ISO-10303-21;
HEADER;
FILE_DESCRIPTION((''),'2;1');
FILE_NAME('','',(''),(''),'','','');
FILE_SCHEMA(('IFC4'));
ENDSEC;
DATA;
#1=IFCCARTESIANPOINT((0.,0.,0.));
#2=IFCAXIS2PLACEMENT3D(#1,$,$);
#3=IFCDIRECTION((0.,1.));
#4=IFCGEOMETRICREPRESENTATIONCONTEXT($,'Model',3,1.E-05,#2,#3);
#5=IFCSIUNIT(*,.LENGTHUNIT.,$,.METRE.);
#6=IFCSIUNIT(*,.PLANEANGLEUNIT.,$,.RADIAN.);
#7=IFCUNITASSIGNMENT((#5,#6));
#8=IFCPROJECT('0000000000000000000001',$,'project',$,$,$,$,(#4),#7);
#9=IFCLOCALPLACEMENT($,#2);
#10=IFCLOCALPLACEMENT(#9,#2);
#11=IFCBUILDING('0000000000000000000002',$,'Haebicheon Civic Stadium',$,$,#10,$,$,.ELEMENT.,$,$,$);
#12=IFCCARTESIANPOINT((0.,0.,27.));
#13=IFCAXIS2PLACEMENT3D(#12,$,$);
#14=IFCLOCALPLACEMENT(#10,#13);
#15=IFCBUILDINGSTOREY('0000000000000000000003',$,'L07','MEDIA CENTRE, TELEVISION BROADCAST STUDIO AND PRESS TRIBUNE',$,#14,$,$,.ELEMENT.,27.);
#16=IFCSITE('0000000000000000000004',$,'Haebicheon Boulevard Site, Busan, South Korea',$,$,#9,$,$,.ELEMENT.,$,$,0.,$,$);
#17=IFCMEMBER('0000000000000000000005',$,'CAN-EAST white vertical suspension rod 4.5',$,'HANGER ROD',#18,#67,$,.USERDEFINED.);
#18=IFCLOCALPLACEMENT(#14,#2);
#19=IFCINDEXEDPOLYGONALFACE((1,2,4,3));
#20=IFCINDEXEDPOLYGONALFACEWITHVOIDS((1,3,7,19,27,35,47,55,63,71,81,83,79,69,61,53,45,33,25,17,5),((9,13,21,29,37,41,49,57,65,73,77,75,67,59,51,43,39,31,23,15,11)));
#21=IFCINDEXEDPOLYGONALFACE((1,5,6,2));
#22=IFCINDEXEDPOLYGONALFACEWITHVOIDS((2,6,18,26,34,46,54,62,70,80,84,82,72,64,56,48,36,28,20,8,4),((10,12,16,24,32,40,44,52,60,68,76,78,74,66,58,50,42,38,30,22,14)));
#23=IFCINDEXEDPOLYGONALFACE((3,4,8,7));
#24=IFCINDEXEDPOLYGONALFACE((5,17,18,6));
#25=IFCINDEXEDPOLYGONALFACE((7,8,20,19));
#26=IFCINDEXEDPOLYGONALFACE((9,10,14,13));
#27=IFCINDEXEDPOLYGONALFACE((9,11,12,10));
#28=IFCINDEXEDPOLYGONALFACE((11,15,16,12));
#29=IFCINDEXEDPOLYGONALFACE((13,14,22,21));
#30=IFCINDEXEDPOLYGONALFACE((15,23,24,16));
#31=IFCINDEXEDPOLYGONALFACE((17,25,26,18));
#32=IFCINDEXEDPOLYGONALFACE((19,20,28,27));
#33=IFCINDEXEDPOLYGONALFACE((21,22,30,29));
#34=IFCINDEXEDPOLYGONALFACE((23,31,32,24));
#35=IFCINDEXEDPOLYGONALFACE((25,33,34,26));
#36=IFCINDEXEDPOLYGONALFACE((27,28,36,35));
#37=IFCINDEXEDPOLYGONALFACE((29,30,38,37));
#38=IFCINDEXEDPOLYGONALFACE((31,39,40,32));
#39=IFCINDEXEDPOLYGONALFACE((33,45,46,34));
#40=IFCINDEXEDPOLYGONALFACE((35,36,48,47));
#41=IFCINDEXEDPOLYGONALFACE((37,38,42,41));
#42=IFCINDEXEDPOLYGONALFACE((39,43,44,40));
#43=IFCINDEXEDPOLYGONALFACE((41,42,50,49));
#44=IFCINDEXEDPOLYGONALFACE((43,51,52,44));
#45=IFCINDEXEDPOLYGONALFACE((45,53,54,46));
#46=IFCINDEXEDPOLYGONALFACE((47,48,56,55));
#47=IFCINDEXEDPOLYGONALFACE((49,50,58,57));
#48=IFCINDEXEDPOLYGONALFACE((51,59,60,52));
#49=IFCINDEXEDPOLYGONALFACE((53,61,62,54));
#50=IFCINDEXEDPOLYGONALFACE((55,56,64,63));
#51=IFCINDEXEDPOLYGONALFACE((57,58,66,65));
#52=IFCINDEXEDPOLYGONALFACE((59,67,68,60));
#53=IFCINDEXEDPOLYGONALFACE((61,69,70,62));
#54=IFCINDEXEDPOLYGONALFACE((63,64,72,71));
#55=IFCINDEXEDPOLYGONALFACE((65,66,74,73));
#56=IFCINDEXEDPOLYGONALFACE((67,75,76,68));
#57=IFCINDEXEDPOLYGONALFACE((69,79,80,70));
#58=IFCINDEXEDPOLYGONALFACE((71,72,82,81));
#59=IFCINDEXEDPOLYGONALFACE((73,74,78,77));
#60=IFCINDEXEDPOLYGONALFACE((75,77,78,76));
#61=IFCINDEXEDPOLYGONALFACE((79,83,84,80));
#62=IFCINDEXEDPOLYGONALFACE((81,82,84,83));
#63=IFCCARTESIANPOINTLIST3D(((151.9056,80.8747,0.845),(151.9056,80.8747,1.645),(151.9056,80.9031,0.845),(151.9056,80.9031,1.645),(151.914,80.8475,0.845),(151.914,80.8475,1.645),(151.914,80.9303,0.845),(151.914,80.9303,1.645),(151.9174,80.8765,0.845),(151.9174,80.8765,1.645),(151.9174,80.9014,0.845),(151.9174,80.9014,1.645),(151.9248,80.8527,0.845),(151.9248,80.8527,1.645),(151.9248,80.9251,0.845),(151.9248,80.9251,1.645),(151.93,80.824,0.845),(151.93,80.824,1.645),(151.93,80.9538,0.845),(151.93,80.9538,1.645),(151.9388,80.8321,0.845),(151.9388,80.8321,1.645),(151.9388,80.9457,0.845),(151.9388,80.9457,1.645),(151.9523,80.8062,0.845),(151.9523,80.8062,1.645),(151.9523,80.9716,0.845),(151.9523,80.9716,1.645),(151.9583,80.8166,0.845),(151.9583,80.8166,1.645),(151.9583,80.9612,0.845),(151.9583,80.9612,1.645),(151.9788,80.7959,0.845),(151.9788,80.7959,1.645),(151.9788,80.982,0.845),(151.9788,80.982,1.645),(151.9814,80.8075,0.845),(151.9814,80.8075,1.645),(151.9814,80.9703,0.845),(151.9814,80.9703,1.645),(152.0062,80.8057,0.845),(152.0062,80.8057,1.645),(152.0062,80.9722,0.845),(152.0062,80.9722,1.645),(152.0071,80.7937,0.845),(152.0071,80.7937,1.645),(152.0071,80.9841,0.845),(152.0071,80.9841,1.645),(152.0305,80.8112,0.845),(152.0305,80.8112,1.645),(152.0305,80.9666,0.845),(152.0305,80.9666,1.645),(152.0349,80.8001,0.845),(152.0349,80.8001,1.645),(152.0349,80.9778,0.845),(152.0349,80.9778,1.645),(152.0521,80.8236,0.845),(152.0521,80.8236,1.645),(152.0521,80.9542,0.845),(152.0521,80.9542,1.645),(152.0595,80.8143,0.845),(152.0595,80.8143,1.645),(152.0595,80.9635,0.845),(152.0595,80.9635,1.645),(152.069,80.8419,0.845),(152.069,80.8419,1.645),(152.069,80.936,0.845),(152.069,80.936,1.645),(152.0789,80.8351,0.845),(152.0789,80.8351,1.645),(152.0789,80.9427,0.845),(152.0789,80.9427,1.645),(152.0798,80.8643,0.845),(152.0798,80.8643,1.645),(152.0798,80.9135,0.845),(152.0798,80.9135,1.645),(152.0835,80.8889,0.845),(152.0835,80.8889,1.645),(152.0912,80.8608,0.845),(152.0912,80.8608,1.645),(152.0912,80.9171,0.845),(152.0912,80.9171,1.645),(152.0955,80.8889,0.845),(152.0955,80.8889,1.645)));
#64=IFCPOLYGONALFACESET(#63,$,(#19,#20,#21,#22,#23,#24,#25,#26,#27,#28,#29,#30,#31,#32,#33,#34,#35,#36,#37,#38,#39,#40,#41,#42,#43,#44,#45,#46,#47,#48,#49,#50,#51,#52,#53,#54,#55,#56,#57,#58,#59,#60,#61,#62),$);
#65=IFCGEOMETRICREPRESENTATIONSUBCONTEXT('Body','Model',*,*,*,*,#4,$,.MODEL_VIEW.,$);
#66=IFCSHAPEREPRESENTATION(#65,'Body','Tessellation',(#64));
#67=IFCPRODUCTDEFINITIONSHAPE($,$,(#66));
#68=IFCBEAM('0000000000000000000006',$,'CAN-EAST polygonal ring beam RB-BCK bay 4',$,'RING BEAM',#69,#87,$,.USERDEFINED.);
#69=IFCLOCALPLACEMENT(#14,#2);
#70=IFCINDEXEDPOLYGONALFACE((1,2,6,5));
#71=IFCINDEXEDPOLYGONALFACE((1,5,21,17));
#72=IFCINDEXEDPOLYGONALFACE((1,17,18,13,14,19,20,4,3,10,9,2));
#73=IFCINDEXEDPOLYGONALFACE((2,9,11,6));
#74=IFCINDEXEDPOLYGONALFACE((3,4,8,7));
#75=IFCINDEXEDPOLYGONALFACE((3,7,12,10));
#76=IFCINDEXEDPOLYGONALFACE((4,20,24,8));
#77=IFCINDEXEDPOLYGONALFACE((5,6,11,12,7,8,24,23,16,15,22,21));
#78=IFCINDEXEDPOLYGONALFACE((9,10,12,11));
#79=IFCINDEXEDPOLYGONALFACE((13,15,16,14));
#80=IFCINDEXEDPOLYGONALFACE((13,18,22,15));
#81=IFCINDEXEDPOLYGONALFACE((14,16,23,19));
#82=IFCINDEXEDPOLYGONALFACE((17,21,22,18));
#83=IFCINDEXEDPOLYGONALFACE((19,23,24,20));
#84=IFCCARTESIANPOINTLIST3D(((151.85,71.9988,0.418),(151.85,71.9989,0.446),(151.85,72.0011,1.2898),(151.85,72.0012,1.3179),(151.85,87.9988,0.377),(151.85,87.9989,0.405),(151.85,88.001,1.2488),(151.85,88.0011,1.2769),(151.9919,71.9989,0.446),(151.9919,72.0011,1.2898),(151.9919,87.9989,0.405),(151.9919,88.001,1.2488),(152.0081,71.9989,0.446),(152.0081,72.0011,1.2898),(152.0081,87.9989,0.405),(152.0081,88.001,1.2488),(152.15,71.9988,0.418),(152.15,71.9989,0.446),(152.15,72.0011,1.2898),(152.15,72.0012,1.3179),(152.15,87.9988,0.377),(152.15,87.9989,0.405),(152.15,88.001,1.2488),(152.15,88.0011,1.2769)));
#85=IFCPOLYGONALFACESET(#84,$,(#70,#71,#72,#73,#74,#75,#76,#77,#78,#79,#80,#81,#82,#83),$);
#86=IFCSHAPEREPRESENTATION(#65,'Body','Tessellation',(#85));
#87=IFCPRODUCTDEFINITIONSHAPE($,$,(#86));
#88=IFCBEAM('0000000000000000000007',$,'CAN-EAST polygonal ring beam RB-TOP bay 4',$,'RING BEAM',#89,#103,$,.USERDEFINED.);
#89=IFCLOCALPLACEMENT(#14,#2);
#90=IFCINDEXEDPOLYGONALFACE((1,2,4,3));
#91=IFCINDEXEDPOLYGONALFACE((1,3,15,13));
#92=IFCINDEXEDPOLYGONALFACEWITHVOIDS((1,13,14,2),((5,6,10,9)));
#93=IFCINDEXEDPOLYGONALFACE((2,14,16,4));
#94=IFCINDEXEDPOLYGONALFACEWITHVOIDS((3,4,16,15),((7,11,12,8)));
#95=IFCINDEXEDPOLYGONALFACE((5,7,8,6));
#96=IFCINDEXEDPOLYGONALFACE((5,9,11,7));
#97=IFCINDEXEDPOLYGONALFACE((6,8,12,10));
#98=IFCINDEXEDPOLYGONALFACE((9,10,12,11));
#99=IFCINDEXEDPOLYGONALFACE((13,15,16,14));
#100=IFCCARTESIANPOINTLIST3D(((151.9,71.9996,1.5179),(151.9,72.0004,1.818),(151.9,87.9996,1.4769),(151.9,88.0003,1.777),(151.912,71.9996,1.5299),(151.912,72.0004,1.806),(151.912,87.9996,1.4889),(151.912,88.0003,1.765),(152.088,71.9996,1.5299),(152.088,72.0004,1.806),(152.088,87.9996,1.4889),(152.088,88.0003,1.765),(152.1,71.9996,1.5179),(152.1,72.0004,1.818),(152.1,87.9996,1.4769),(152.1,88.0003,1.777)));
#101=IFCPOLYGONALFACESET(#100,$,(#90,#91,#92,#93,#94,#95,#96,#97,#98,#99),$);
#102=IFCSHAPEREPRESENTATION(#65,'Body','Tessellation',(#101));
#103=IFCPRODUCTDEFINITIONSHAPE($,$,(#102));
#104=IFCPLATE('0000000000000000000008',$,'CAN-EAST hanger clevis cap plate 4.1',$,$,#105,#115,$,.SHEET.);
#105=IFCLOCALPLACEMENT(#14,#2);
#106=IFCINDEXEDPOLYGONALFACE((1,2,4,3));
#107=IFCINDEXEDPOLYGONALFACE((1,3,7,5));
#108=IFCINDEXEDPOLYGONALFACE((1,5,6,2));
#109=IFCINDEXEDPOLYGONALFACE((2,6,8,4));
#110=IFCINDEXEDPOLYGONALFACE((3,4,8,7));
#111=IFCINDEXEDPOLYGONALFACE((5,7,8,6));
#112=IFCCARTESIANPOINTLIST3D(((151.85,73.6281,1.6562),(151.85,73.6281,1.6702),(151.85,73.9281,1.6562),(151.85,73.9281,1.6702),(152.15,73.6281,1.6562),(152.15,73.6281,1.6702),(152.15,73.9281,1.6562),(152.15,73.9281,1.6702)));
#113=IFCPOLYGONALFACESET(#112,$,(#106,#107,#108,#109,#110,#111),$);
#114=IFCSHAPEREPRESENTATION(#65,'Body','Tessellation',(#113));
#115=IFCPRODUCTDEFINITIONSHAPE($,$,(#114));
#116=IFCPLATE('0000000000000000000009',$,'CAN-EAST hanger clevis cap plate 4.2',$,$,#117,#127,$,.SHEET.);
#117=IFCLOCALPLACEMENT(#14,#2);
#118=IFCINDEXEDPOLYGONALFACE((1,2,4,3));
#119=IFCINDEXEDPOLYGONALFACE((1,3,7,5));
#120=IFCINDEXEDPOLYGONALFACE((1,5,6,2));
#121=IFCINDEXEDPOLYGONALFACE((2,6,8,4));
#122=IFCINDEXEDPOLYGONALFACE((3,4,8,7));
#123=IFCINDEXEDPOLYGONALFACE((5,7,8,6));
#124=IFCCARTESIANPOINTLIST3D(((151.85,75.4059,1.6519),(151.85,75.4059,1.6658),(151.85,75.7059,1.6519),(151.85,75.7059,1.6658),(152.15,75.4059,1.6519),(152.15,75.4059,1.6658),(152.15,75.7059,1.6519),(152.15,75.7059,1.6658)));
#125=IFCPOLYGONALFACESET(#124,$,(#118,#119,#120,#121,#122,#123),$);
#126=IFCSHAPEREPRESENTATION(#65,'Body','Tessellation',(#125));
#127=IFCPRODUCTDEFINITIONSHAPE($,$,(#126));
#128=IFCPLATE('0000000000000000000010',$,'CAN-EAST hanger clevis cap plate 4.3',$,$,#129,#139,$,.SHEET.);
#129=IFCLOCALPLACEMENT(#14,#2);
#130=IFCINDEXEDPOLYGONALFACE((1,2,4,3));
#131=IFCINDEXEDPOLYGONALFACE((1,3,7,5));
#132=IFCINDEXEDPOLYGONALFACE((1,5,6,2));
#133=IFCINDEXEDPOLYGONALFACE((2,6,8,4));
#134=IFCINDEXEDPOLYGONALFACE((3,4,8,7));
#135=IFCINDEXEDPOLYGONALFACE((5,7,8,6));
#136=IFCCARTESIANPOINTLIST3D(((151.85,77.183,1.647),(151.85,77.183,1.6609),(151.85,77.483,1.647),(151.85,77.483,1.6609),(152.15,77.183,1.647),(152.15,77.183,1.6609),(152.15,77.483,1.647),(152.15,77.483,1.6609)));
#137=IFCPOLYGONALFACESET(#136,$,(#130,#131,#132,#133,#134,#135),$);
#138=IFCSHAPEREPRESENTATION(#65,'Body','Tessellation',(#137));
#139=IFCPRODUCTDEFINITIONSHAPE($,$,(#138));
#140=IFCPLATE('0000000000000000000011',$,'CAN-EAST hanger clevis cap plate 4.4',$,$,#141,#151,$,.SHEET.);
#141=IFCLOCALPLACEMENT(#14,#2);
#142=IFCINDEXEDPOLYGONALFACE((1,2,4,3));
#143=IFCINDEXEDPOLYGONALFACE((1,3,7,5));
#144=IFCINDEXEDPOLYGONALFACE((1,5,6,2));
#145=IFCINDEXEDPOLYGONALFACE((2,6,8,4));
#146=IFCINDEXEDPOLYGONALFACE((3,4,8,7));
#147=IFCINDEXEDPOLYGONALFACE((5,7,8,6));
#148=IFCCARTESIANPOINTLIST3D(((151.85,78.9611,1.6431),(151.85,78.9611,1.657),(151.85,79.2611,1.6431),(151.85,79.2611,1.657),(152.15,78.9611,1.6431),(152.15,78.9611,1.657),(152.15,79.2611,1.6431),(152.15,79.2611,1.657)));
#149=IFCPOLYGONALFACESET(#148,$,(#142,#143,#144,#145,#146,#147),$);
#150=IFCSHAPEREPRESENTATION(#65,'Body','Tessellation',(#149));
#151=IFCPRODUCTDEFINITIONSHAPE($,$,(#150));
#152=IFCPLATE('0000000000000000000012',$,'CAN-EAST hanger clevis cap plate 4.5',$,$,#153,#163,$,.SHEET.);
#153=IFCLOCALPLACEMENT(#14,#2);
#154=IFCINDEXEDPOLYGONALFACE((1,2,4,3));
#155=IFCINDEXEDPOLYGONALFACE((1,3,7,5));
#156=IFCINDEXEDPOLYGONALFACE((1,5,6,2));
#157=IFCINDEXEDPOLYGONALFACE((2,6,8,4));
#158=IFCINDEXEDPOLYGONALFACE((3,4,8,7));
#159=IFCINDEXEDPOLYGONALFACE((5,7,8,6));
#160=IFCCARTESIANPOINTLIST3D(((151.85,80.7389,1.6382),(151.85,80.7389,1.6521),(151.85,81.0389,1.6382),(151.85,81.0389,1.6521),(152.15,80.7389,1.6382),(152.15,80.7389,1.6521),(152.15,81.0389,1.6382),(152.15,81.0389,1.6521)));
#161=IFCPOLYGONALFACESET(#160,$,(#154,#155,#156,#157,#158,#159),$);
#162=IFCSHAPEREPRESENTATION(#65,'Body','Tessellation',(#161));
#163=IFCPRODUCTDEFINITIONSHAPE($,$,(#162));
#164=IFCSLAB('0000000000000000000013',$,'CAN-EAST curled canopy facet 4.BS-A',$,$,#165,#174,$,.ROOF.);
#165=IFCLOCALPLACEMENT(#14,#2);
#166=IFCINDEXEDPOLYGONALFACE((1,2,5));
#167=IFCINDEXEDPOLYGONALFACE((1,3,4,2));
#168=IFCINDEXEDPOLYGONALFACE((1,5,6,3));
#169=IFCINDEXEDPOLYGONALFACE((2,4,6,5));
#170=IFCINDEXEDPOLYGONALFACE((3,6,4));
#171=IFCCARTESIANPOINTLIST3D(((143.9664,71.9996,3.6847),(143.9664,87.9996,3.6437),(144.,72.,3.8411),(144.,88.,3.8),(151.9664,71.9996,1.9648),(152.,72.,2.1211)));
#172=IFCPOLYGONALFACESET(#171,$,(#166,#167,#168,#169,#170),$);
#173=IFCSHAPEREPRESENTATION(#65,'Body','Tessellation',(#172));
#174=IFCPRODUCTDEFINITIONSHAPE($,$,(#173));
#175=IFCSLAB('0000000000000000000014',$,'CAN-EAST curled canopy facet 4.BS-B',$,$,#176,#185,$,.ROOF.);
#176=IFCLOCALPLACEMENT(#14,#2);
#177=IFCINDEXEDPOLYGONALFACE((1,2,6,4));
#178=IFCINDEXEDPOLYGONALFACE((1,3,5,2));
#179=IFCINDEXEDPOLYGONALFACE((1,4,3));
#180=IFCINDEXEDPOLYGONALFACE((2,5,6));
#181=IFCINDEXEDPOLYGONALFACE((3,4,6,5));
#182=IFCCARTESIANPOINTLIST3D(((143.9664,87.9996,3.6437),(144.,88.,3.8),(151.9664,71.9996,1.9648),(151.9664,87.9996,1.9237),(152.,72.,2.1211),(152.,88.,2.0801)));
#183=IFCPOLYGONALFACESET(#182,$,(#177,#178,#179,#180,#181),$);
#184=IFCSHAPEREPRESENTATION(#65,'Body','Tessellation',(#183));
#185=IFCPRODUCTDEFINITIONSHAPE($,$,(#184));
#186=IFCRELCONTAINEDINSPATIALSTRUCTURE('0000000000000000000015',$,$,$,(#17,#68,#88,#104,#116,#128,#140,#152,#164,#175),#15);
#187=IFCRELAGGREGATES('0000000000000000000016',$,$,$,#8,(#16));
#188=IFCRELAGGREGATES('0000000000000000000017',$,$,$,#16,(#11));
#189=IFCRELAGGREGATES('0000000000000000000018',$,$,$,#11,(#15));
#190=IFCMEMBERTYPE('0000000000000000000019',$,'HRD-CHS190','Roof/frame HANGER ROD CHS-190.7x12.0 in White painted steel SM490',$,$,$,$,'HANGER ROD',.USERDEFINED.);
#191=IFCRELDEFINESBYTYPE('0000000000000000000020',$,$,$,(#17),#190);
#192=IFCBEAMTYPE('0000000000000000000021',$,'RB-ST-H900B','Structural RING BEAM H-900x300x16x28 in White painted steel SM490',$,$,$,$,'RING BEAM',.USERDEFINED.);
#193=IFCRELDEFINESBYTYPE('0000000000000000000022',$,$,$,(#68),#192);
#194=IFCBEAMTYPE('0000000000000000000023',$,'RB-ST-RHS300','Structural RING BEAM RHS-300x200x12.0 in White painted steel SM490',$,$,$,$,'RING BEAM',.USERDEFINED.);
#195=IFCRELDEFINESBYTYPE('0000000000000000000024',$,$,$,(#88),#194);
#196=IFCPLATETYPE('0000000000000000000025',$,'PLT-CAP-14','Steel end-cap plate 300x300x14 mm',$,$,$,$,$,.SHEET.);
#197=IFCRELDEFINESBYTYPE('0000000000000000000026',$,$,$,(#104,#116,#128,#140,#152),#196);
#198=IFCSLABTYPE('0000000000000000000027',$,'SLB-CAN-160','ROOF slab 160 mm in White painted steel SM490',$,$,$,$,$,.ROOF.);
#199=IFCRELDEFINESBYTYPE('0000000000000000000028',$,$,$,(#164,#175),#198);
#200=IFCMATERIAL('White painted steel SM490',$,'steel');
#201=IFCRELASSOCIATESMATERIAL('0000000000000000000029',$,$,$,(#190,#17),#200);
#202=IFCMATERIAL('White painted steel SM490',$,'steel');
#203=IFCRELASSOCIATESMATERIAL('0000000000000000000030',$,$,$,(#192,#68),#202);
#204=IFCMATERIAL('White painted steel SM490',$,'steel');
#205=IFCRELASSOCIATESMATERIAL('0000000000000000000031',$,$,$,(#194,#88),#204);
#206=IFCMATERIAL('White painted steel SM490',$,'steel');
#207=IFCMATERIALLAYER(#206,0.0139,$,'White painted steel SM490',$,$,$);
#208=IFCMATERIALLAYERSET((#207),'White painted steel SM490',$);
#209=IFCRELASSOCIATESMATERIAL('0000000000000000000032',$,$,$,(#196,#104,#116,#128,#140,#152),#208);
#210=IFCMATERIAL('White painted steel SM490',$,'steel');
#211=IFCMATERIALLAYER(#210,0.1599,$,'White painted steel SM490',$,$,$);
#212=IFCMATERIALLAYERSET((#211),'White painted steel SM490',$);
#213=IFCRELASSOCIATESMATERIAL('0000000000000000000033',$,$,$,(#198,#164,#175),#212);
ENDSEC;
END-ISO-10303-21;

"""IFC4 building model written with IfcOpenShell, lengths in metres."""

from ifc_helpers import new_model, si_unit, direction, frame, origin, origin_2d, place, context, subcontext, project, spatial, polyline, rectangle, hollow_rectangle, hollow_circle, i_section, outline, extrude, material, layer, layer_set, material_profile, profile_set, type_object, element, save


model = new_model("IFC4")

# Units and contexts
model_context = context("Model", 3, precision=1e-05, world=origin(), true_north=direction((0.0, 1.0)))
body_context = subcontext(model_context, "Body", "Model", "MODEL_VIEW")
ifc_project = project(units=[si_unit("LENGTHUNIT", "METRE"), si_unit("PLANEANGLEUNIT", "RADIAN")], contexts=[model_context])

# Site, building, storey
site_placement = place(None, origin())
site = spatial("IfcSite", under=ifc_project, at=site_placement, Name="Haebicheon Boulevard Site, Busan, South Korea", CompositionType="ELEMENT", RefElevation=0.0)
building_placement = place(site_placement, origin())
building = spatial("IfcBuilding", under=site, at=building_placement, Name="Haebicheon Civic Stadium", CompositionType="ELEMENT")
storey_placement = place(building_placement, frame((0.0, 0.0, 27.0)))
storey = spatial("IfcBuildingStorey", under=building, at=storey_placement, Name="L07", Description="MEDIA CENTRE, TELEVISION BROADCAST STUDIO AND PRESS TRIBUNE", CompositionType="ELEMENT", Elevation=27.0)

# Member
ifc_material_1 = material(Name="White painted steel SM490", Category="steel")
ifc_material_profile_1 = material_profile(ifc_material_1, hollow_circle(Radius=0.0955, WallThickness=0.012, at=origin_2d()), Name="CHS-190.7x12.0")
ifc_profile_set_1 = profile_set([ifc_material_profile_1], Name="White painted steel SM490")
member_type_1 = type_object("IfcMemberType", Name="HRD-CHS190", Description="Roof/frame HANGER ROD CHS-190.7x12.0 in White painted steel SM490", ElementType="HANGER ROD", PredefinedType="USERDEFINED", material=ifc_profile_set_1)
member_1_placement = place(storey_placement, frame((152.0, 80.8889, 0.845), z_axis=(0.0, 0.0, 1.0), x_axis=(1.0, 0.0, 0.0)))
element("IfcMember", 1, at=member_1_placement, inside=storey, type_object=member_type_1, material=ifc_profile_set_1, Name="CAN-EAST white vertical suspension rod 4.5", ObjectType="HANGER ROD", PredefinedType="USERDEFINED", context=body_context, shape_type="SweptSolid", body=[
    extrude(hollow_circle(Radius=0.0955, WallThickness=0.012, at=origin_2d()), origin(), (0.0, 0.0, 1.0), 0.8),
])

# Beams
ifc_material_2 = material(Name="White painted steel SM490", Category="steel")
ifc_material_profile_2 = material_profile(ifc_material_2, i_section(OverallWidth=0.3, OverallDepth=0.8999, WebThickness=0.0161, FlangeThickness=0.0281, at=origin_2d()), Name="H-900x300x16x28")
ifc_profile_set_2 = profile_set([ifc_material_profile_2], Name="White painted steel SM490")
beam_type_1 = type_object("IfcBeamType", Name="RB-ST-H900B", Description="Structural RING BEAM H-900x300x16x28 in White painted steel SM490", ElementType="RING BEAM", PredefinedType="USERDEFINED", material=ifc_profile_set_2)
beam_1_placement = place(storey_placement, frame((152.0, 72.0, 0.8679), z_axis=(0.0, 0.999997, -0.002563), x_axis=(-1.0, 0.0, 0.0)))
element("IfcBeam", 2, at=beam_1_placement, inside=storey, type_object=beam_type_1, material=ifc_profile_set_2, Name="CAN-EAST polygonal ring beam RB-BCK bay 4", ObjectType="RING BEAM", PredefinedType="USERDEFINED", context=body_context, shape_type="SweptSolid", body=[
    extrude(i_section(OverallWidth=0.3, OverallDepth=0.8999, WebThickness=0.0161, FlangeThickness=0.0281, at=origin_2d()), origin(), (0.0, 0.0, 1.0), 16.0),
])
ifc_material_3 = material(Name="White painted steel SM490", Category="steel")
ifc_material_profile_3 = material_profile(ifc_material_3, hollow_rectangle(XDim=0.2, YDim=0.3, WallThickness=0.012, at=origin_2d()), Name="RHS-300x200x12.0")
ifc_profile_set_3 = profile_set([ifc_material_profile_3], Name="White painted steel SM490")
beam_type_2 = type_object("IfcBeamType", Name="RB-ST-RHS300", Description="Structural RING BEAM RHS-300x200x12.0 in White painted steel SM490", ElementType="RING BEAM", PredefinedType="USERDEFINED", material=ifc_profile_set_3)
beam_2_placement = place(storey_placement, frame((152.0, 72.0, 1.668), z_axis=(0.0, 0.999997, -0.002563), x_axis=(-1.0, 0.0, 0.0)))
element("IfcBeam", 3, at=beam_2_placement, inside=storey, type_object=beam_type_2, material=ifc_profile_set_3, Name="CAN-EAST polygonal ring beam RB-TOP bay 4", ObjectType="RING BEAM", PredefinedType="USERDEFINED", context=body_context, shape_type="SweptSolid", body=[
    extrude(hollow_rectangle(XDim=0.2, YDim=0.3, WallThickness=0.012, at=origin_2d()), origin(), (0.0, 0.0, 1.0), 16.0),
])

# Plates
ifc_material_4 = material(Name="White painted steel SM490", Category="steel")
ifc_layer_1 = layer(ifc_material_4, 0.0139, Name="White painted steel SM490")
ifc_layer_set_1 = layer_set([ifc_layer_1], Name="White painted steel SM490")
plate_type = type_object("IfcPlateType", Name="PLT-CAP-14", Description="Steel end-cap plate 300x300x14 mm", PredefinedType="SHEET", material=ifc_layer_set_1)
for number, where, z_axis, x_axis, name in (
    (4, (152.0, 73.7781, 1.6562), (0.0, 0.0, 1.0), (1.0, 0.0, 0.0), "CAN-EAST hanger clevis cap plate 4.1"),
    (5, (152.0, 75.5559, 1.6519), (0.0, 0.0, 1.0), (1.0, 0.0, 0.0), "CAN-EAST hanger clevis cap plate 4.2"),
    (6, (152.0, 77.333, 1.647), (0.0, 0.0, 1.0), (1.0, 0.0, 0.0), "CAN-EAST hanger clevis cap plate 4.3"),
    (7, (152.0, 79.1111, 1.6431), (0.0, 0.0, 1.0), (1.0, 0.0, 0.0), "CAN-EAST hanger clevis cap plate 4.4"),
    (8, (152.0, 80.8889, 1.6382), (0.0, 0.0, 1.0), (1.0, 0.0, 0.0), "CAN-EAST hanger clevis cap plate 4.5"),
):
    element("IfcPlate", number, at=place(storey_placement, frame(where, z_axis=z_axis, x_axis=x_axis)), inside=storey, type_object=plate_type, material=ifc_layer_set_1, Name=name, PredefinedType="SHEET", context=body_context, shape_type="SweptSolid", body=[
        extrude(rectangle(XDim=0.3, YDim=0.3, at=origin_2d()), origin(), (0.0, 0.0, 1.0), 0.0139),
    ])

# Slabs
ifc_material_5 = material(Name="White painted steel SM490", Category="steel")
ifc_layer_2 = layer(ifc_material_5, 0.1599, Name="White painted steel SM490")
ifc_layer_set_2 = layer_set([ifc_layer_2], Name="White painted steel SM490")
slab_type = type_object("IfcSlabType", Name="SLB-CAN-160", Description="ROOF slab 160 mm in White painted steel SM490", PredefinedType="ROOF", material=ifc_layer_set_2)
slab_1_placement = place(storey_placement, frame((152.0, 72.0, 2.1211), z_axis=(0.210193, 0.002506, 0.977657), x_axis=(-0.97766, 0.0, 0.210193)))
element("IfcSlab", 9, at=slab_1_placement, inside=storey, type_object=slab_type, material=ifc_layer_set_2, Name="CAN-EAST curled canopy facet 4.BS-A", PredefinedType="ROOF", context=body_context, shape_type="SweptSolid", body=[
    extrude(outline(polyline([(0.0, 0.0), (8.1828, 0.0), (8.1742, -16.0001), (0.0, 0.0)])), origin(), (0.0, 0.0, -1.0), 0.1599),
])
slab_2_placement = place(storey_placement, frame((152.0, 72.0, 2.1211), z_axis=(0.210193, 0.002506, 0.977657), x_axis=(-0.445257, 0.890514, 0.093446)))
element("IfcSlab", 10, at=slab_2_placement, inside=storey, type_object=slab_type, material=ifc_layer_set_2, Name="CAN-EAST curled canopy facet 4.BS-B", PredefinedType="ROOF", context=body_context, shape_type="SweptSolid", body=[
    extrude(outline(polyline([(0.0, 0.0), (17.9672, 0.0), (14.2444, -7.2869), (0.0, 0.0)])), origin(), (0.0, 0.0, -1.0), 0.1599),
])

save(model, "model.ifc")
